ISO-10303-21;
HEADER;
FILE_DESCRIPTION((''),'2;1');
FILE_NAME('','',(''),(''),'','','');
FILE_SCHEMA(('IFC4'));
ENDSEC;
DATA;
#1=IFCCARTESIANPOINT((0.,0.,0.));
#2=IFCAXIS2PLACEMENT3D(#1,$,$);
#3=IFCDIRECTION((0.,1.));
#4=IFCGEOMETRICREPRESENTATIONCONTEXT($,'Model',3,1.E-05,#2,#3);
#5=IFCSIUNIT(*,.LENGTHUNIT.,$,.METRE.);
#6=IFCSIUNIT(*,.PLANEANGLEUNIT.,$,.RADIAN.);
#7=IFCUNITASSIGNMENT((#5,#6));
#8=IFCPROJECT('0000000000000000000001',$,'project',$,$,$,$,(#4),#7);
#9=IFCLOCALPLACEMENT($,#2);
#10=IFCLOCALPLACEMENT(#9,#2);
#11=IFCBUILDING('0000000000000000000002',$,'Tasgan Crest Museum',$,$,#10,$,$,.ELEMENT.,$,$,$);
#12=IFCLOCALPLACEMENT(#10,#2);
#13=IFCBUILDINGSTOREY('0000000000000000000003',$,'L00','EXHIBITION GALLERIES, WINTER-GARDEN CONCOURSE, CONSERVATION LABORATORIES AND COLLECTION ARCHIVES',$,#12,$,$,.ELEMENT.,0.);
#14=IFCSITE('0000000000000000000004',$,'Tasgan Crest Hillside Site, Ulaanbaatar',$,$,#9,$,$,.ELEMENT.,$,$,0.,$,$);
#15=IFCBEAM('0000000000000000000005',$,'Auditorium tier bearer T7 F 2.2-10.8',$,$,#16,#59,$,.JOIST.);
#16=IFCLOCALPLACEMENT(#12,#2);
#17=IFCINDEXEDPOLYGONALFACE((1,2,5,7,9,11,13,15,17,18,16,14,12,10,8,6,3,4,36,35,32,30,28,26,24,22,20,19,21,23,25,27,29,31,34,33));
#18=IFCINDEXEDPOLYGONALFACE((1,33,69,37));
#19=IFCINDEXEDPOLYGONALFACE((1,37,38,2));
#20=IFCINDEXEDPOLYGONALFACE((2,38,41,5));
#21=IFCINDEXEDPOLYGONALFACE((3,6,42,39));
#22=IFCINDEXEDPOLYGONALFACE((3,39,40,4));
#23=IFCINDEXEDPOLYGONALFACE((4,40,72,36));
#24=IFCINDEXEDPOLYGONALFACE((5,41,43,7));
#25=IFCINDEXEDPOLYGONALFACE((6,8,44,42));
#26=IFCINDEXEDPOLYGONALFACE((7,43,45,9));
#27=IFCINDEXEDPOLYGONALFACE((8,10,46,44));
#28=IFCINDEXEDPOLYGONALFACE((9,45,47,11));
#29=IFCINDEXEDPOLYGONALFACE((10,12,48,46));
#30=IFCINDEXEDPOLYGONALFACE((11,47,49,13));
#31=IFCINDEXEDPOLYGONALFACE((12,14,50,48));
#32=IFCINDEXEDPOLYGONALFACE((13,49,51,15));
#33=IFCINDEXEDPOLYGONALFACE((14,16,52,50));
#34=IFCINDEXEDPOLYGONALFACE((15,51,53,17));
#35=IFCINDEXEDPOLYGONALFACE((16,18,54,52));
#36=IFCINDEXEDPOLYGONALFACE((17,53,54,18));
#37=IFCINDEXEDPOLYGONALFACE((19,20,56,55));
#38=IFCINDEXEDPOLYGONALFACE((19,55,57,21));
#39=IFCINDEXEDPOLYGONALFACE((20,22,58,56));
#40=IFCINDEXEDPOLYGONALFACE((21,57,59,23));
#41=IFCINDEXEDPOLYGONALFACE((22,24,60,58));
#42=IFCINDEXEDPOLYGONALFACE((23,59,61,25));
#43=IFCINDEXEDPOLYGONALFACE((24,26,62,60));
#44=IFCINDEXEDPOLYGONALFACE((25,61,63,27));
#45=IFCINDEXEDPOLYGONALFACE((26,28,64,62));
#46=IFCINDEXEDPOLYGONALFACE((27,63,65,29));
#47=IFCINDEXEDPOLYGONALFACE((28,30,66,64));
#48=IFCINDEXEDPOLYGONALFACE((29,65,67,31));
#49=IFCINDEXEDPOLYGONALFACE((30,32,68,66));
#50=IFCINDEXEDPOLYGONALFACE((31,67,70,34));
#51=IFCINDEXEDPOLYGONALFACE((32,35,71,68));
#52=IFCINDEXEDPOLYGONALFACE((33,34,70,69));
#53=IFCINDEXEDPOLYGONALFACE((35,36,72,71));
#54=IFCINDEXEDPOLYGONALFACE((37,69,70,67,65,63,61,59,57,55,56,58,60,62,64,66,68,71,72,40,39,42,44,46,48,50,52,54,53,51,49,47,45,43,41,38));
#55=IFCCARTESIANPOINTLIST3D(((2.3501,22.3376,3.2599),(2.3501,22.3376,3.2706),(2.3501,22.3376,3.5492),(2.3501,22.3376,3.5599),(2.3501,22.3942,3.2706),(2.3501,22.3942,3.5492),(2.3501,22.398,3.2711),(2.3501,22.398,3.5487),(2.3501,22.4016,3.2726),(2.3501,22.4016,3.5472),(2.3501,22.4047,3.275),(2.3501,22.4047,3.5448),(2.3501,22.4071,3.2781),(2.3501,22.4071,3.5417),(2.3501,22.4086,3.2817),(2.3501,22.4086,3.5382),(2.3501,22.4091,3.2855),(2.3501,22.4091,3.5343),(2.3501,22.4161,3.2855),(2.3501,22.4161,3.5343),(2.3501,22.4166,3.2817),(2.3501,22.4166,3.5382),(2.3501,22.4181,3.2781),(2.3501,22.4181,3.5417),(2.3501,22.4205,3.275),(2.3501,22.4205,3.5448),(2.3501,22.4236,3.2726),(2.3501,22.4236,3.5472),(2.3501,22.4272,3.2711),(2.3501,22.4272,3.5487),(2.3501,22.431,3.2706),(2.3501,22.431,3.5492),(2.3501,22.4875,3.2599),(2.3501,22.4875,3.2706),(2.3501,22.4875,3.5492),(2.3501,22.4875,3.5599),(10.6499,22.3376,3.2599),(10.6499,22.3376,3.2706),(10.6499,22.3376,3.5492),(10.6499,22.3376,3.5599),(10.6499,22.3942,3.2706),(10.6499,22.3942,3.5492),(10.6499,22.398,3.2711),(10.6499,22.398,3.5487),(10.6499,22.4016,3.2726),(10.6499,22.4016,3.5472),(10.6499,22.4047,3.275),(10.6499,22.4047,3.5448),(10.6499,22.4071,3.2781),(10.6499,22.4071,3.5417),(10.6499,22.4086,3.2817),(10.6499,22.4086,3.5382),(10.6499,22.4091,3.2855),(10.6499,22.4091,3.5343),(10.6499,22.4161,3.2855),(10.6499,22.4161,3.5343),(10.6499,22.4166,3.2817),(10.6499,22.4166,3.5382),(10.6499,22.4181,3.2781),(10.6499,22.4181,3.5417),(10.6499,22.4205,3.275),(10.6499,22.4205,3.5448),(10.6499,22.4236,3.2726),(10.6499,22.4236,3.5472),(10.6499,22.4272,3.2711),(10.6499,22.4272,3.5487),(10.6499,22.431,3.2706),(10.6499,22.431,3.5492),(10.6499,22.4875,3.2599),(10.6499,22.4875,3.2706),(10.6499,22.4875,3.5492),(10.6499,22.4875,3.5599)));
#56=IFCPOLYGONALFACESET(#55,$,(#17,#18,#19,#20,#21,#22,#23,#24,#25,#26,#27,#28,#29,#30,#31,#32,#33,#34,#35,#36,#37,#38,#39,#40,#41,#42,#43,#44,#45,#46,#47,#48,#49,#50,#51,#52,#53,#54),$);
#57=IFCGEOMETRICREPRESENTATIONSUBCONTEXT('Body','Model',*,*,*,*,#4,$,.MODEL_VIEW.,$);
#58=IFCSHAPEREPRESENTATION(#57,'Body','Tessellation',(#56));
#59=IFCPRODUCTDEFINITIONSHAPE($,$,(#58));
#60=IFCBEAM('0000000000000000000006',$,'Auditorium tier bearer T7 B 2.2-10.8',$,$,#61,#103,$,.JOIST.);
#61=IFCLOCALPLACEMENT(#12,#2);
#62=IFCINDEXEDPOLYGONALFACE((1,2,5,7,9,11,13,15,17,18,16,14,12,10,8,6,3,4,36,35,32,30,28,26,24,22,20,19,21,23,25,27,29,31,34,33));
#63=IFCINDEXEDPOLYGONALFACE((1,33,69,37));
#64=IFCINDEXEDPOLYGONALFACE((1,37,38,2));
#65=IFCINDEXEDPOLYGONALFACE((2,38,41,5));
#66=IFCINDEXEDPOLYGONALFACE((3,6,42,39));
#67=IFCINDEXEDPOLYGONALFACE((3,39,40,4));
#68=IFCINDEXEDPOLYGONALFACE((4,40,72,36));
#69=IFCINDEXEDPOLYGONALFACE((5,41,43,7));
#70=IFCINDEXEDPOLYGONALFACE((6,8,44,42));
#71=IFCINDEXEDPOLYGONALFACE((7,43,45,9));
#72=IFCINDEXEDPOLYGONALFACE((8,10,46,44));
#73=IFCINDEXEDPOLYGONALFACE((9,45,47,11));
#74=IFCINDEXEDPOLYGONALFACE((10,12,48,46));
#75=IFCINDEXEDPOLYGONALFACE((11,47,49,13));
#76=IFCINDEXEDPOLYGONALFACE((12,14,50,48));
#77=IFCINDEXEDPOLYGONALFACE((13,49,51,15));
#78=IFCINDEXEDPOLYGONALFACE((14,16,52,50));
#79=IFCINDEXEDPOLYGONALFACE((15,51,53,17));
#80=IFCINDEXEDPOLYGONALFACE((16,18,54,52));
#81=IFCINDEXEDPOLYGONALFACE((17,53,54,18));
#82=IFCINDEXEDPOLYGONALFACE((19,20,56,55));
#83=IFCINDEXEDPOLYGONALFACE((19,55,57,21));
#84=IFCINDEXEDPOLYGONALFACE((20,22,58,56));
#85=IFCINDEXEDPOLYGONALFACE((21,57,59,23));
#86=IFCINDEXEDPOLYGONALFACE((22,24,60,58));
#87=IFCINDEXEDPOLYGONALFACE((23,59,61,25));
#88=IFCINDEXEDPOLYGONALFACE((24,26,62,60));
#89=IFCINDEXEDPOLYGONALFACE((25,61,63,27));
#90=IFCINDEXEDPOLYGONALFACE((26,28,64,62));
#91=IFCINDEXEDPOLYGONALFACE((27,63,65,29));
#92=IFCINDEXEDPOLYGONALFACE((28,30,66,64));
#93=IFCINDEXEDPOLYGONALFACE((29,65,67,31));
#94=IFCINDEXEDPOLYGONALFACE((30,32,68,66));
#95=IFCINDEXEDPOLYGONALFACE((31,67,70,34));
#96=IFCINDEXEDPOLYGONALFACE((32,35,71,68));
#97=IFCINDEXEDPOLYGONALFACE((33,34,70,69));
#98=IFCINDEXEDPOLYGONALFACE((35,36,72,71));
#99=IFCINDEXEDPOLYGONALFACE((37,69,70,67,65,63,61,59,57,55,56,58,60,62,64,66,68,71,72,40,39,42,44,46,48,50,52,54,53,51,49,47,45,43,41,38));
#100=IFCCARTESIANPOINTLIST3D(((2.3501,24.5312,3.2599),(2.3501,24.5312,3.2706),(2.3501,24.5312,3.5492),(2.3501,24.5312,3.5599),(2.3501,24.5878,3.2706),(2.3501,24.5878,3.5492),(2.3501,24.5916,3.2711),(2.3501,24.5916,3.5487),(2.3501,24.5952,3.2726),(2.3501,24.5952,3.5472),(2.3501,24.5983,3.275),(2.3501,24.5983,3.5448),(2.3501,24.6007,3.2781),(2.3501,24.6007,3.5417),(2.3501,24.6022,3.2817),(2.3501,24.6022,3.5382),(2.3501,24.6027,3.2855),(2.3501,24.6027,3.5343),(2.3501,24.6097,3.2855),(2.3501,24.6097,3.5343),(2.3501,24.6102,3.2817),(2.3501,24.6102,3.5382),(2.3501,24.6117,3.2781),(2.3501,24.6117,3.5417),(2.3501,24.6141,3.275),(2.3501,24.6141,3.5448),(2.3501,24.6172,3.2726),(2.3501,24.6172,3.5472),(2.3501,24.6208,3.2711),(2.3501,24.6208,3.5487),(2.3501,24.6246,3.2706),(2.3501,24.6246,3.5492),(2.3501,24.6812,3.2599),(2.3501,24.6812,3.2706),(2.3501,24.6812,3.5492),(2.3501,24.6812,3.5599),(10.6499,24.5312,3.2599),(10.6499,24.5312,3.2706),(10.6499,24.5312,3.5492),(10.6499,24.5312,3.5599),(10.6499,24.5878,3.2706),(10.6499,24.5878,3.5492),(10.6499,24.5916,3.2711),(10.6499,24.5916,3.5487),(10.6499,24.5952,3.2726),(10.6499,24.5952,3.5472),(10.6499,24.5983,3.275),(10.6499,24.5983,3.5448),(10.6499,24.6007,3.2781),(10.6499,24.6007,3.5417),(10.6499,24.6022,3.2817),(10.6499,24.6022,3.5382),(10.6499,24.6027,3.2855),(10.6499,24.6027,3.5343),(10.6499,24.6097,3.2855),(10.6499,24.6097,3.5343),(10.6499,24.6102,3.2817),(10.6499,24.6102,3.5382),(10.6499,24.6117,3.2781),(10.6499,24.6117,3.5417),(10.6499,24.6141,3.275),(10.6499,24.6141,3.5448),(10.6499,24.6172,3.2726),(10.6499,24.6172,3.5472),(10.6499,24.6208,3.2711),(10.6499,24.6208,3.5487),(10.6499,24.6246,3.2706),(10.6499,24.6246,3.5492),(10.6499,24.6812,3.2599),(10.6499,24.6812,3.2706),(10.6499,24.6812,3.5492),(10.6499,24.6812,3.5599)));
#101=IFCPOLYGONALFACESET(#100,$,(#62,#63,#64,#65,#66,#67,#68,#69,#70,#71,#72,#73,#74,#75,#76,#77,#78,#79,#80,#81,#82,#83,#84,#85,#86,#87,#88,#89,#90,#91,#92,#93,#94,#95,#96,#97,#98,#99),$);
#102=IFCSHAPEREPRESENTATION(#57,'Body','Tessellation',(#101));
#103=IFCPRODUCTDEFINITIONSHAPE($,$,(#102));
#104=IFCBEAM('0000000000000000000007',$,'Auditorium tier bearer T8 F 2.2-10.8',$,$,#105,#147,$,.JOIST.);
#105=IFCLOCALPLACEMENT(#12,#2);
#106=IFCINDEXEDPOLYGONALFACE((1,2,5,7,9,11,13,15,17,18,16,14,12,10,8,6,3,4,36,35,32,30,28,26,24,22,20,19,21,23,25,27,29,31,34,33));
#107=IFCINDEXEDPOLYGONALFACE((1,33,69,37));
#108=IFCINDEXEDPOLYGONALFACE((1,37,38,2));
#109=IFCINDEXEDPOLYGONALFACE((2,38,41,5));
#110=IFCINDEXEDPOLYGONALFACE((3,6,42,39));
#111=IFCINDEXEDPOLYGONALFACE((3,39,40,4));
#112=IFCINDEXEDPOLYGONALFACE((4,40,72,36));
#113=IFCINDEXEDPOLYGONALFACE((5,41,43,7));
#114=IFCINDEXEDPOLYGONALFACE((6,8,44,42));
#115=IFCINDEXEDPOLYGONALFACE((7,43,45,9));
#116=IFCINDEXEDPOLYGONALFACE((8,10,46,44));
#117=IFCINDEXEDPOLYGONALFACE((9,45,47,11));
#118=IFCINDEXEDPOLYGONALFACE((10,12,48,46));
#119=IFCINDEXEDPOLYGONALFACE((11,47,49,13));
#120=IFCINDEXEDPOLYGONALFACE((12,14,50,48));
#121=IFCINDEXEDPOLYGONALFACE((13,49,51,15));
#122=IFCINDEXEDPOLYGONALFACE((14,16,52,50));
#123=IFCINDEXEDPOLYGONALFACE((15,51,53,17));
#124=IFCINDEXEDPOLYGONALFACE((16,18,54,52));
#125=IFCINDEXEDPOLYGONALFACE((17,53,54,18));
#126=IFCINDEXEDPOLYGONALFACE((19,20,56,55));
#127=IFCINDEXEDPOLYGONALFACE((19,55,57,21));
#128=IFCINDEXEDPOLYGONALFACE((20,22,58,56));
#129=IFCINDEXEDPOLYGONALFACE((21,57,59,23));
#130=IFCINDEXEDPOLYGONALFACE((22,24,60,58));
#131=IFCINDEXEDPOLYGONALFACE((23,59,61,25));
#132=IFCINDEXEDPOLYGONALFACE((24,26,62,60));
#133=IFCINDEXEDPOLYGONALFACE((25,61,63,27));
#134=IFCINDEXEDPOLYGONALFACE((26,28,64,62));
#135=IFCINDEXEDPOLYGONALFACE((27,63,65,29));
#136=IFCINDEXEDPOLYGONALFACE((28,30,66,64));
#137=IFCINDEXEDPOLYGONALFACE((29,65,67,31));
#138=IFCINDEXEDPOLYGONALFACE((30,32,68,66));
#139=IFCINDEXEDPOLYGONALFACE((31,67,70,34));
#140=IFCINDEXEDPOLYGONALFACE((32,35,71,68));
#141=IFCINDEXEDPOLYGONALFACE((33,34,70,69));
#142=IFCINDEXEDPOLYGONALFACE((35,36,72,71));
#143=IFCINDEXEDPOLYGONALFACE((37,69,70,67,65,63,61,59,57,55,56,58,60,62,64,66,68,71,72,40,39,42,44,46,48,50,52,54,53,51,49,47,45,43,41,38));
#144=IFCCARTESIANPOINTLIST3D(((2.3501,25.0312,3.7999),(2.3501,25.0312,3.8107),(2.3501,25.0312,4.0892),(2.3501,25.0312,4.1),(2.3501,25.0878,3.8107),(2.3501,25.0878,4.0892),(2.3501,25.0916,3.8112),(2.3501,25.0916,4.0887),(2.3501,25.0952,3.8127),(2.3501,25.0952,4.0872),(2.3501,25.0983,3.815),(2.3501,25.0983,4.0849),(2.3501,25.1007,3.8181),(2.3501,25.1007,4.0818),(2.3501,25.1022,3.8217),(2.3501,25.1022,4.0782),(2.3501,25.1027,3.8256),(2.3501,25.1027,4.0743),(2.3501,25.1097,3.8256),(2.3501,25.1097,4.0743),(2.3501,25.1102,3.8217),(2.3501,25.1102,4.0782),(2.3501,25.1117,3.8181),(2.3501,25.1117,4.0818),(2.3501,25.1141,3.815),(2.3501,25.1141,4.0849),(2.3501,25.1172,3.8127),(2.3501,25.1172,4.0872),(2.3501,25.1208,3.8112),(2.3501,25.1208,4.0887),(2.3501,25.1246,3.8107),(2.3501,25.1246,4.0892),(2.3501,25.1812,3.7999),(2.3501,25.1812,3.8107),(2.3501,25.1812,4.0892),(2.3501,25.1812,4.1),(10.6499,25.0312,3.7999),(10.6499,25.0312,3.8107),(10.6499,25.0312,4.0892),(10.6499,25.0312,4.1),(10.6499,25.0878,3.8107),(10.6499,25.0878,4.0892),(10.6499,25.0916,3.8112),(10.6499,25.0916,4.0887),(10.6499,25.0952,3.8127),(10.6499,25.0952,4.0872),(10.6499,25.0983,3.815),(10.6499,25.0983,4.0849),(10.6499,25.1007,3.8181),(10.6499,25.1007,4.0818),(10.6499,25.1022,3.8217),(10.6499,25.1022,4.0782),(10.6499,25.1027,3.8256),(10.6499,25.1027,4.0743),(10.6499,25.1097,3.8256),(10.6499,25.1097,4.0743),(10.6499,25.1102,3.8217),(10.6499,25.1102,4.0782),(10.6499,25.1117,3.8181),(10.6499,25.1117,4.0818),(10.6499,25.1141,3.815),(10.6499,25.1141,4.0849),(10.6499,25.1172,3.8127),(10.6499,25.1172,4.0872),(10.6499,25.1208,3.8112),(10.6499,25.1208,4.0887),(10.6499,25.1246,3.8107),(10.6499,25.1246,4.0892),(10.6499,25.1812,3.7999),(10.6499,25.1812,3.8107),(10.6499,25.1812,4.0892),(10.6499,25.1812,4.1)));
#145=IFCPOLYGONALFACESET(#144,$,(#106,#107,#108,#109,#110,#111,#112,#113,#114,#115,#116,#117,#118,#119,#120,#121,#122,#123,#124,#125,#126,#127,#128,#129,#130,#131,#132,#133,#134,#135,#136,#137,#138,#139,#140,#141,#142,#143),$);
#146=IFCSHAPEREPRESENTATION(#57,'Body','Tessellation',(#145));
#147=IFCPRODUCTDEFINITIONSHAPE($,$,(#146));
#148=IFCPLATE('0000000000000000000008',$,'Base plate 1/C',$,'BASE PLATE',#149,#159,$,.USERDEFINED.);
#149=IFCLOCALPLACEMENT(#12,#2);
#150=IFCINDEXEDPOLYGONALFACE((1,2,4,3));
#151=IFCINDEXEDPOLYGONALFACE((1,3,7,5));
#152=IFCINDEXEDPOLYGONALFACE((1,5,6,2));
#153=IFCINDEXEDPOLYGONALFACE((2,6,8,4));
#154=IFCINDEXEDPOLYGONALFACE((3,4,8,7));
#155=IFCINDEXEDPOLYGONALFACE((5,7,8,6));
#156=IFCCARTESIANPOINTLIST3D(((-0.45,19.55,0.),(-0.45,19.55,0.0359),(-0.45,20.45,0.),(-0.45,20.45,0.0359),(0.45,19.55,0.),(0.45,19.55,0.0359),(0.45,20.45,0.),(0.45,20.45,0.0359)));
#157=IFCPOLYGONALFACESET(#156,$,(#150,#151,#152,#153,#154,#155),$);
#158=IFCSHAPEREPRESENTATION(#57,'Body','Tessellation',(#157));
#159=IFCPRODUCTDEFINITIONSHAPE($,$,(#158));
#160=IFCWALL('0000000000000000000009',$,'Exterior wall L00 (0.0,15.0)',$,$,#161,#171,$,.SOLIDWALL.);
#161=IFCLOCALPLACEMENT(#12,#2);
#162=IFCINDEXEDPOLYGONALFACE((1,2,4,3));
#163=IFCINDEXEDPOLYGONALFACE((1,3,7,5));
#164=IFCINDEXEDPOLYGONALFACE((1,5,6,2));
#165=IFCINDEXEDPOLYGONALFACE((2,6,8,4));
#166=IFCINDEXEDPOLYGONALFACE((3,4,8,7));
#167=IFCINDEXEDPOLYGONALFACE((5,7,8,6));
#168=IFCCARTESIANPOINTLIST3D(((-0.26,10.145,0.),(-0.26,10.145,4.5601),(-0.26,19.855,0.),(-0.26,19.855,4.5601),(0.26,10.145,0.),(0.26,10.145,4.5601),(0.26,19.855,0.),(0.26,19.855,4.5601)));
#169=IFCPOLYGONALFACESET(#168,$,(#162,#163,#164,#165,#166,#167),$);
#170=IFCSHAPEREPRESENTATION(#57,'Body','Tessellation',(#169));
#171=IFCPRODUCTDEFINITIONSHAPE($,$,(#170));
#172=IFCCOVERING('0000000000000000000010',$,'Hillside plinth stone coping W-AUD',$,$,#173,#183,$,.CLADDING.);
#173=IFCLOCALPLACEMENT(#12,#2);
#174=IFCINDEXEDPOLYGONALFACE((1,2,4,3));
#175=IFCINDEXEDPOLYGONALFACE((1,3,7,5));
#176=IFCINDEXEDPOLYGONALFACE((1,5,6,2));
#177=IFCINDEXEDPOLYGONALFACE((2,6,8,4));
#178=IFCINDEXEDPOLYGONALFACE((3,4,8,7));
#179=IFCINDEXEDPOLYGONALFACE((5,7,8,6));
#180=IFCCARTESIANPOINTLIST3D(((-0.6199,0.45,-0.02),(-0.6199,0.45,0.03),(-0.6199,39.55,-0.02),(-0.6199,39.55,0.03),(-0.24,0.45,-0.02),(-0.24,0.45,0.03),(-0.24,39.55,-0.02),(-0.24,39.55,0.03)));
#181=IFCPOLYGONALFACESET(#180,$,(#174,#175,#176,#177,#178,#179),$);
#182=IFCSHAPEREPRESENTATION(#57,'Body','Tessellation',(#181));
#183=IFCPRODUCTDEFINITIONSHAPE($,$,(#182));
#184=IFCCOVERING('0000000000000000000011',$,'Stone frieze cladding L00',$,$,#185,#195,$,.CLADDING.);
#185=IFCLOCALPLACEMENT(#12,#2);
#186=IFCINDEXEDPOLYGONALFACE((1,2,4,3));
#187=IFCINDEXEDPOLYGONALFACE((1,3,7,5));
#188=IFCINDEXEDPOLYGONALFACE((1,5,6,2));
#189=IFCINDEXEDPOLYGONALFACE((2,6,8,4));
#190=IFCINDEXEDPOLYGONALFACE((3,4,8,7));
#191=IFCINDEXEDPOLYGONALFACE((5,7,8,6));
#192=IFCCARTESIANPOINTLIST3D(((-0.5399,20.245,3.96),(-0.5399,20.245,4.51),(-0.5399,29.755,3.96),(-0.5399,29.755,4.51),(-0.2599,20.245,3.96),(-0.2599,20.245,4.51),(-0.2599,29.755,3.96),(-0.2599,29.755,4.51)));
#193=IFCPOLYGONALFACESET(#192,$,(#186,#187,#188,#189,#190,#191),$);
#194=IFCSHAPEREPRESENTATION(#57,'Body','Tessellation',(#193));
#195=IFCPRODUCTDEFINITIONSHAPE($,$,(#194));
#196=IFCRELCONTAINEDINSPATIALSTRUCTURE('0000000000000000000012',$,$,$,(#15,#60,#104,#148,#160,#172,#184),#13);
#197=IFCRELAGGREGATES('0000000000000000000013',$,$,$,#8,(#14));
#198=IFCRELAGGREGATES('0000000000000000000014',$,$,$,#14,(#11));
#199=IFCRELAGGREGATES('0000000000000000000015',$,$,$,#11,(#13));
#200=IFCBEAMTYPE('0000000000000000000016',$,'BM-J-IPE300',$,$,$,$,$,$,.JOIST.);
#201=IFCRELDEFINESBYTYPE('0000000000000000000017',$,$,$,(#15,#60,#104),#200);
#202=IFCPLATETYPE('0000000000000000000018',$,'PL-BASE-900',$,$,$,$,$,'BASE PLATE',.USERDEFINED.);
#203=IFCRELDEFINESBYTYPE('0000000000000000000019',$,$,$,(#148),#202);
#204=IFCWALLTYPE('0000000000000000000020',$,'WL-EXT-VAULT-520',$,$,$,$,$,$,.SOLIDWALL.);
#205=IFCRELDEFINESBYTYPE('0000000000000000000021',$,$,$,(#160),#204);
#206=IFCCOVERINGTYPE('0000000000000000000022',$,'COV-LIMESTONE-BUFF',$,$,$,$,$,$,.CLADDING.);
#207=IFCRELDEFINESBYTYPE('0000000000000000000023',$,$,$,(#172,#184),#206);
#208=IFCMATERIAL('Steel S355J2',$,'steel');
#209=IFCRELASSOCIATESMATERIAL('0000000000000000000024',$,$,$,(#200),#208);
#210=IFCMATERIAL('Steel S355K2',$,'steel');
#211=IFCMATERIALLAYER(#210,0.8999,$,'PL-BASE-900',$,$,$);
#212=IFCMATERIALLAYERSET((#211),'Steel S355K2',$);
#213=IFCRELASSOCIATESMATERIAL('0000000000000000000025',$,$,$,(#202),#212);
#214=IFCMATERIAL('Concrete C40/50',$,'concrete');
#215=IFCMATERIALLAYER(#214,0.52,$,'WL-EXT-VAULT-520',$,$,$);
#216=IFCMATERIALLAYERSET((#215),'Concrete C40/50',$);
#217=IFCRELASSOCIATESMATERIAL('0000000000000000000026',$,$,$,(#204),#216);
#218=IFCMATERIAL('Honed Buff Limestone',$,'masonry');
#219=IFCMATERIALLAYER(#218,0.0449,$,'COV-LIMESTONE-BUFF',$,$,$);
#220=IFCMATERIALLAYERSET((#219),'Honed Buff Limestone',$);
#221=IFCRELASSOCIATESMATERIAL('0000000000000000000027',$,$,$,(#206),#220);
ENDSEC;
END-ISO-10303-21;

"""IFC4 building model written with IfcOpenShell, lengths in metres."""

from ifc_helpers import new_model, si_unit, direction, frame, frame_2d, origin, origin_2d, place, context, subcontext, project, spatial, rectangle, i_section, extrude, material, layer, layer_set, material_profile, profile_set, type_object, element, save


model = new_model("IFC4")

# Units and contexts
model_context = context("Model", 3, precision=1e-05, world=origin(), true_north=direction((0.0, 1.0)))
body_context = subcontext(model_context, "Body", "Model", "MODEL_VIEW")
ifc_project = project(units=[si_unit("LENGTHUNIT", "METRE"), si_unit("PLANEANGLEUNIT", "RADIAN")], contexts=[model_context])

# Site, building, storey
site_placement = place(None, origin())
site = spatial("IfcSite", under=ifc_project, at=site_placement, Name="Tasgan Crest Hillside Site, Ulaanbaatar", CompositionType="ELEMENT", RefElevation=0.0)
building_placement = place(site_placement, origin())
building = spatial("IfcBuilding", under=site, at=building_placement, Name="Tasgan Crest Museum", CompositionType="ELEMENT")
storey_placement = place(building_placement, origin())
storey = spatial("IfcBuildingStorey", under=building, at=storey_placement, Name="L00", Description="EXHIBITION GALLERIES, WINTER-GARDEN CONCOURSE, CONSERVATION LABORATORIES AND COLLECTION ARCHIVES", CompositionType="ELEMENT", Elevation=0.0)

# Beams
ifc_material_1 = material(Name="Steel S355J2", Category="steel")
ifc_material_profile_1 = material_profile(ifc_material_1, i_section(OverallWidth=0.1499, OverallDepth=0.3, WebThickness=0.0071, FlangeThickness=0.0107, FilletRadius=0.0149, at=origin_2d()), Name="IPE 300")
ifc_profile_set_1 = profile_set([ifc_material_profile_1], Name="Steel S355J2")
beam_type = type_object("IfcBeamType", Name="BM-J-IPE300", PredefinedType="JOIST", material=ifc_profile_set_1)
for number, where, z_axis, x_axis, name in (
    (1, (2.3501, 22.4126, 3.4099), (1.0, 0.0, 0.0), (0.0, 1.0, 0.0), "Auditorium tier bearer T7 F 2.2-10.8"),
    (2, (2.3501, 24.6062, 3.4099), (1.0, 0.0, 0.0), (0.0, 1.0, 0.0), "Auditorium tier bearer T7 B 2.2-10.8"),
    (3, (2.3501, 25.1062, 3.95), (1.0, 0.0, 0.0), (0.0, 1.0, 0.0), "Auditorium tier bearer T8 F 2.2-10.8"),
):
    element("IfcBeam", number, at=place(storey_placement, frame(where, z_axis=z_axis, x_axis=x_axis)), inside=storey, type_object=beam_type, Name=name, PredefinedType="JOIST", context=body_context, shape_type="SweptSolid", body=[
        extrude(i_section(OverallWidth=0.1499, OverallDepth=0.3, WebThickness=0.0071, FlangeThickness=0.0107, FilletRadius=0.0149, at=origin_2d()), origin(), (0.0, 0.0, 1.0), 8.2998),
    ])

# Plate
ifc_material_2 = material(Name="Steel S355K2", Category="steel")
ifc_layer_1 = layer(ifc_material_2, 0.8999, Name="PL-BASE-900")
ifc_layer_set_1 = layer_set([ifc_layer_1], Name="Steel S355K2")
plate_type = type_object("IfcPlateType", Name="PL-BASE-900", ElementType="BASE PLATE", PredefinedType="USERDEFINED", material=ifc_layer_set_1)
plate_placement = place(storey_placement, frame((0.0, 20.0, 0.0), z_axis=(0.0, 0.0, 1.0), x_axis=(1.0, 0.0, 0.0)))
element("IfcPlate", 4, at=plate_placement, inside=storey, type_object=plate_type, Name="Base plate 1/C", ObjectType="BASE PLATE", PredefinedType="USERDEFINED", context=body_context, shape_type="SweptSolid", body=[
    extrude(rectangle(XDim=0.8999, YDim=0.8999, at=origin_2d()), origin(), (0.0, 0.0, 1.0), 0.0359),
])

# Wall
ifc_material_3 = material(Name="Concrete C40/50", Category="concrete")
ifc_layer_2 = layer(ifc_material_3, 0.52, Name="WL-EXT-VAULT-520")
ifc_layer_set_2 = layer_set([ifc_layer_2], Name="Concrete C40/50")
wall_type = type_object("IfcWallType", Name="WL-EXT-VAULT-520", PredefinedType="SOLIDWALL", material=ifc_layer_set_2)
wall_placement = place(storey_placement, frame((0.0, 19.855, 0.0), z_axis=(0.0, 0.0, 1.0), x_axis=(0.0, -1.0, 0.0)))
element("IfcWall", 5, at=wall_placement, inside=storey, type_object=wall_type, Name="Exterior wall L00 (0.0,15.0)", PredefinedType="SOLIDWALL", context=body_context, shape_type="SweptSolid", body=[
    extrude(rectangle(XDim=9.71, YDim=0.52, at=frame_2d((4.855, 0.0))), origin(), (0.0, 0.0, 1.0), 4.5601),
])

# Coverings
ifc_material_4 = material(Name="Honed Buff Limestone", Category="masonry")
ifc_layer_3 = layer(ifc_material_4, 0.0449, Name="COV-LIMESTONE-BUFF")
ifc_layer_set_3 = layer_set([ifc_layer_3], Name="Honed Buff Limestone")
covering_type = type_object("IfcCoveringType", Name="COV-LIMESTONE-BUFF", PredefinedType="CLADDING", material=ifc_layer_set_3)
covering_placement = place(storey_placement, frame((-0.4299, 20.0, -0.02), z_axis=(0.0, 0.0, 1.0), x_axis=(0.0, 1.0, 0.0)))
element("IfcCovering", 6, at=covering_placement, inside=storey, type_object=covering_type, Name="Hillside plinth stone coping W-AUD", PredefinedType="CLADDING", context=body_context, shape_type="SweptSolid", body=[
    extrude(rectangle(XDim=39.1001, YDim=0.3799, at=origin_2d()), origin(), (0.0, 0.0, 1.0), 0.05),
])
for number, where, z_axis, x_axis, name in (
    (7, (-0.3999, 25.0, 3.96), (0.0, 0.0, 1.0), (0.0, -1.0, 0.0), "Stone frieze cladding L00"),
):
    element("IfcCovering", number, at=place(storey_placement, frame(where, z_axis=z_axis, x_axis=x_axis)), inside=storey, type_object=covering_type, Name=name, PredefinedType="CLADDING", context=body_context, shape_type="SweptSolid", body=[
        extrude(rectangle(XDim=9.51, YDim=0.28, at=origin_2d()), origin(), (0.0, 0.0, 1.0), 0.55),
    ])

save(model, "model.ifc")
